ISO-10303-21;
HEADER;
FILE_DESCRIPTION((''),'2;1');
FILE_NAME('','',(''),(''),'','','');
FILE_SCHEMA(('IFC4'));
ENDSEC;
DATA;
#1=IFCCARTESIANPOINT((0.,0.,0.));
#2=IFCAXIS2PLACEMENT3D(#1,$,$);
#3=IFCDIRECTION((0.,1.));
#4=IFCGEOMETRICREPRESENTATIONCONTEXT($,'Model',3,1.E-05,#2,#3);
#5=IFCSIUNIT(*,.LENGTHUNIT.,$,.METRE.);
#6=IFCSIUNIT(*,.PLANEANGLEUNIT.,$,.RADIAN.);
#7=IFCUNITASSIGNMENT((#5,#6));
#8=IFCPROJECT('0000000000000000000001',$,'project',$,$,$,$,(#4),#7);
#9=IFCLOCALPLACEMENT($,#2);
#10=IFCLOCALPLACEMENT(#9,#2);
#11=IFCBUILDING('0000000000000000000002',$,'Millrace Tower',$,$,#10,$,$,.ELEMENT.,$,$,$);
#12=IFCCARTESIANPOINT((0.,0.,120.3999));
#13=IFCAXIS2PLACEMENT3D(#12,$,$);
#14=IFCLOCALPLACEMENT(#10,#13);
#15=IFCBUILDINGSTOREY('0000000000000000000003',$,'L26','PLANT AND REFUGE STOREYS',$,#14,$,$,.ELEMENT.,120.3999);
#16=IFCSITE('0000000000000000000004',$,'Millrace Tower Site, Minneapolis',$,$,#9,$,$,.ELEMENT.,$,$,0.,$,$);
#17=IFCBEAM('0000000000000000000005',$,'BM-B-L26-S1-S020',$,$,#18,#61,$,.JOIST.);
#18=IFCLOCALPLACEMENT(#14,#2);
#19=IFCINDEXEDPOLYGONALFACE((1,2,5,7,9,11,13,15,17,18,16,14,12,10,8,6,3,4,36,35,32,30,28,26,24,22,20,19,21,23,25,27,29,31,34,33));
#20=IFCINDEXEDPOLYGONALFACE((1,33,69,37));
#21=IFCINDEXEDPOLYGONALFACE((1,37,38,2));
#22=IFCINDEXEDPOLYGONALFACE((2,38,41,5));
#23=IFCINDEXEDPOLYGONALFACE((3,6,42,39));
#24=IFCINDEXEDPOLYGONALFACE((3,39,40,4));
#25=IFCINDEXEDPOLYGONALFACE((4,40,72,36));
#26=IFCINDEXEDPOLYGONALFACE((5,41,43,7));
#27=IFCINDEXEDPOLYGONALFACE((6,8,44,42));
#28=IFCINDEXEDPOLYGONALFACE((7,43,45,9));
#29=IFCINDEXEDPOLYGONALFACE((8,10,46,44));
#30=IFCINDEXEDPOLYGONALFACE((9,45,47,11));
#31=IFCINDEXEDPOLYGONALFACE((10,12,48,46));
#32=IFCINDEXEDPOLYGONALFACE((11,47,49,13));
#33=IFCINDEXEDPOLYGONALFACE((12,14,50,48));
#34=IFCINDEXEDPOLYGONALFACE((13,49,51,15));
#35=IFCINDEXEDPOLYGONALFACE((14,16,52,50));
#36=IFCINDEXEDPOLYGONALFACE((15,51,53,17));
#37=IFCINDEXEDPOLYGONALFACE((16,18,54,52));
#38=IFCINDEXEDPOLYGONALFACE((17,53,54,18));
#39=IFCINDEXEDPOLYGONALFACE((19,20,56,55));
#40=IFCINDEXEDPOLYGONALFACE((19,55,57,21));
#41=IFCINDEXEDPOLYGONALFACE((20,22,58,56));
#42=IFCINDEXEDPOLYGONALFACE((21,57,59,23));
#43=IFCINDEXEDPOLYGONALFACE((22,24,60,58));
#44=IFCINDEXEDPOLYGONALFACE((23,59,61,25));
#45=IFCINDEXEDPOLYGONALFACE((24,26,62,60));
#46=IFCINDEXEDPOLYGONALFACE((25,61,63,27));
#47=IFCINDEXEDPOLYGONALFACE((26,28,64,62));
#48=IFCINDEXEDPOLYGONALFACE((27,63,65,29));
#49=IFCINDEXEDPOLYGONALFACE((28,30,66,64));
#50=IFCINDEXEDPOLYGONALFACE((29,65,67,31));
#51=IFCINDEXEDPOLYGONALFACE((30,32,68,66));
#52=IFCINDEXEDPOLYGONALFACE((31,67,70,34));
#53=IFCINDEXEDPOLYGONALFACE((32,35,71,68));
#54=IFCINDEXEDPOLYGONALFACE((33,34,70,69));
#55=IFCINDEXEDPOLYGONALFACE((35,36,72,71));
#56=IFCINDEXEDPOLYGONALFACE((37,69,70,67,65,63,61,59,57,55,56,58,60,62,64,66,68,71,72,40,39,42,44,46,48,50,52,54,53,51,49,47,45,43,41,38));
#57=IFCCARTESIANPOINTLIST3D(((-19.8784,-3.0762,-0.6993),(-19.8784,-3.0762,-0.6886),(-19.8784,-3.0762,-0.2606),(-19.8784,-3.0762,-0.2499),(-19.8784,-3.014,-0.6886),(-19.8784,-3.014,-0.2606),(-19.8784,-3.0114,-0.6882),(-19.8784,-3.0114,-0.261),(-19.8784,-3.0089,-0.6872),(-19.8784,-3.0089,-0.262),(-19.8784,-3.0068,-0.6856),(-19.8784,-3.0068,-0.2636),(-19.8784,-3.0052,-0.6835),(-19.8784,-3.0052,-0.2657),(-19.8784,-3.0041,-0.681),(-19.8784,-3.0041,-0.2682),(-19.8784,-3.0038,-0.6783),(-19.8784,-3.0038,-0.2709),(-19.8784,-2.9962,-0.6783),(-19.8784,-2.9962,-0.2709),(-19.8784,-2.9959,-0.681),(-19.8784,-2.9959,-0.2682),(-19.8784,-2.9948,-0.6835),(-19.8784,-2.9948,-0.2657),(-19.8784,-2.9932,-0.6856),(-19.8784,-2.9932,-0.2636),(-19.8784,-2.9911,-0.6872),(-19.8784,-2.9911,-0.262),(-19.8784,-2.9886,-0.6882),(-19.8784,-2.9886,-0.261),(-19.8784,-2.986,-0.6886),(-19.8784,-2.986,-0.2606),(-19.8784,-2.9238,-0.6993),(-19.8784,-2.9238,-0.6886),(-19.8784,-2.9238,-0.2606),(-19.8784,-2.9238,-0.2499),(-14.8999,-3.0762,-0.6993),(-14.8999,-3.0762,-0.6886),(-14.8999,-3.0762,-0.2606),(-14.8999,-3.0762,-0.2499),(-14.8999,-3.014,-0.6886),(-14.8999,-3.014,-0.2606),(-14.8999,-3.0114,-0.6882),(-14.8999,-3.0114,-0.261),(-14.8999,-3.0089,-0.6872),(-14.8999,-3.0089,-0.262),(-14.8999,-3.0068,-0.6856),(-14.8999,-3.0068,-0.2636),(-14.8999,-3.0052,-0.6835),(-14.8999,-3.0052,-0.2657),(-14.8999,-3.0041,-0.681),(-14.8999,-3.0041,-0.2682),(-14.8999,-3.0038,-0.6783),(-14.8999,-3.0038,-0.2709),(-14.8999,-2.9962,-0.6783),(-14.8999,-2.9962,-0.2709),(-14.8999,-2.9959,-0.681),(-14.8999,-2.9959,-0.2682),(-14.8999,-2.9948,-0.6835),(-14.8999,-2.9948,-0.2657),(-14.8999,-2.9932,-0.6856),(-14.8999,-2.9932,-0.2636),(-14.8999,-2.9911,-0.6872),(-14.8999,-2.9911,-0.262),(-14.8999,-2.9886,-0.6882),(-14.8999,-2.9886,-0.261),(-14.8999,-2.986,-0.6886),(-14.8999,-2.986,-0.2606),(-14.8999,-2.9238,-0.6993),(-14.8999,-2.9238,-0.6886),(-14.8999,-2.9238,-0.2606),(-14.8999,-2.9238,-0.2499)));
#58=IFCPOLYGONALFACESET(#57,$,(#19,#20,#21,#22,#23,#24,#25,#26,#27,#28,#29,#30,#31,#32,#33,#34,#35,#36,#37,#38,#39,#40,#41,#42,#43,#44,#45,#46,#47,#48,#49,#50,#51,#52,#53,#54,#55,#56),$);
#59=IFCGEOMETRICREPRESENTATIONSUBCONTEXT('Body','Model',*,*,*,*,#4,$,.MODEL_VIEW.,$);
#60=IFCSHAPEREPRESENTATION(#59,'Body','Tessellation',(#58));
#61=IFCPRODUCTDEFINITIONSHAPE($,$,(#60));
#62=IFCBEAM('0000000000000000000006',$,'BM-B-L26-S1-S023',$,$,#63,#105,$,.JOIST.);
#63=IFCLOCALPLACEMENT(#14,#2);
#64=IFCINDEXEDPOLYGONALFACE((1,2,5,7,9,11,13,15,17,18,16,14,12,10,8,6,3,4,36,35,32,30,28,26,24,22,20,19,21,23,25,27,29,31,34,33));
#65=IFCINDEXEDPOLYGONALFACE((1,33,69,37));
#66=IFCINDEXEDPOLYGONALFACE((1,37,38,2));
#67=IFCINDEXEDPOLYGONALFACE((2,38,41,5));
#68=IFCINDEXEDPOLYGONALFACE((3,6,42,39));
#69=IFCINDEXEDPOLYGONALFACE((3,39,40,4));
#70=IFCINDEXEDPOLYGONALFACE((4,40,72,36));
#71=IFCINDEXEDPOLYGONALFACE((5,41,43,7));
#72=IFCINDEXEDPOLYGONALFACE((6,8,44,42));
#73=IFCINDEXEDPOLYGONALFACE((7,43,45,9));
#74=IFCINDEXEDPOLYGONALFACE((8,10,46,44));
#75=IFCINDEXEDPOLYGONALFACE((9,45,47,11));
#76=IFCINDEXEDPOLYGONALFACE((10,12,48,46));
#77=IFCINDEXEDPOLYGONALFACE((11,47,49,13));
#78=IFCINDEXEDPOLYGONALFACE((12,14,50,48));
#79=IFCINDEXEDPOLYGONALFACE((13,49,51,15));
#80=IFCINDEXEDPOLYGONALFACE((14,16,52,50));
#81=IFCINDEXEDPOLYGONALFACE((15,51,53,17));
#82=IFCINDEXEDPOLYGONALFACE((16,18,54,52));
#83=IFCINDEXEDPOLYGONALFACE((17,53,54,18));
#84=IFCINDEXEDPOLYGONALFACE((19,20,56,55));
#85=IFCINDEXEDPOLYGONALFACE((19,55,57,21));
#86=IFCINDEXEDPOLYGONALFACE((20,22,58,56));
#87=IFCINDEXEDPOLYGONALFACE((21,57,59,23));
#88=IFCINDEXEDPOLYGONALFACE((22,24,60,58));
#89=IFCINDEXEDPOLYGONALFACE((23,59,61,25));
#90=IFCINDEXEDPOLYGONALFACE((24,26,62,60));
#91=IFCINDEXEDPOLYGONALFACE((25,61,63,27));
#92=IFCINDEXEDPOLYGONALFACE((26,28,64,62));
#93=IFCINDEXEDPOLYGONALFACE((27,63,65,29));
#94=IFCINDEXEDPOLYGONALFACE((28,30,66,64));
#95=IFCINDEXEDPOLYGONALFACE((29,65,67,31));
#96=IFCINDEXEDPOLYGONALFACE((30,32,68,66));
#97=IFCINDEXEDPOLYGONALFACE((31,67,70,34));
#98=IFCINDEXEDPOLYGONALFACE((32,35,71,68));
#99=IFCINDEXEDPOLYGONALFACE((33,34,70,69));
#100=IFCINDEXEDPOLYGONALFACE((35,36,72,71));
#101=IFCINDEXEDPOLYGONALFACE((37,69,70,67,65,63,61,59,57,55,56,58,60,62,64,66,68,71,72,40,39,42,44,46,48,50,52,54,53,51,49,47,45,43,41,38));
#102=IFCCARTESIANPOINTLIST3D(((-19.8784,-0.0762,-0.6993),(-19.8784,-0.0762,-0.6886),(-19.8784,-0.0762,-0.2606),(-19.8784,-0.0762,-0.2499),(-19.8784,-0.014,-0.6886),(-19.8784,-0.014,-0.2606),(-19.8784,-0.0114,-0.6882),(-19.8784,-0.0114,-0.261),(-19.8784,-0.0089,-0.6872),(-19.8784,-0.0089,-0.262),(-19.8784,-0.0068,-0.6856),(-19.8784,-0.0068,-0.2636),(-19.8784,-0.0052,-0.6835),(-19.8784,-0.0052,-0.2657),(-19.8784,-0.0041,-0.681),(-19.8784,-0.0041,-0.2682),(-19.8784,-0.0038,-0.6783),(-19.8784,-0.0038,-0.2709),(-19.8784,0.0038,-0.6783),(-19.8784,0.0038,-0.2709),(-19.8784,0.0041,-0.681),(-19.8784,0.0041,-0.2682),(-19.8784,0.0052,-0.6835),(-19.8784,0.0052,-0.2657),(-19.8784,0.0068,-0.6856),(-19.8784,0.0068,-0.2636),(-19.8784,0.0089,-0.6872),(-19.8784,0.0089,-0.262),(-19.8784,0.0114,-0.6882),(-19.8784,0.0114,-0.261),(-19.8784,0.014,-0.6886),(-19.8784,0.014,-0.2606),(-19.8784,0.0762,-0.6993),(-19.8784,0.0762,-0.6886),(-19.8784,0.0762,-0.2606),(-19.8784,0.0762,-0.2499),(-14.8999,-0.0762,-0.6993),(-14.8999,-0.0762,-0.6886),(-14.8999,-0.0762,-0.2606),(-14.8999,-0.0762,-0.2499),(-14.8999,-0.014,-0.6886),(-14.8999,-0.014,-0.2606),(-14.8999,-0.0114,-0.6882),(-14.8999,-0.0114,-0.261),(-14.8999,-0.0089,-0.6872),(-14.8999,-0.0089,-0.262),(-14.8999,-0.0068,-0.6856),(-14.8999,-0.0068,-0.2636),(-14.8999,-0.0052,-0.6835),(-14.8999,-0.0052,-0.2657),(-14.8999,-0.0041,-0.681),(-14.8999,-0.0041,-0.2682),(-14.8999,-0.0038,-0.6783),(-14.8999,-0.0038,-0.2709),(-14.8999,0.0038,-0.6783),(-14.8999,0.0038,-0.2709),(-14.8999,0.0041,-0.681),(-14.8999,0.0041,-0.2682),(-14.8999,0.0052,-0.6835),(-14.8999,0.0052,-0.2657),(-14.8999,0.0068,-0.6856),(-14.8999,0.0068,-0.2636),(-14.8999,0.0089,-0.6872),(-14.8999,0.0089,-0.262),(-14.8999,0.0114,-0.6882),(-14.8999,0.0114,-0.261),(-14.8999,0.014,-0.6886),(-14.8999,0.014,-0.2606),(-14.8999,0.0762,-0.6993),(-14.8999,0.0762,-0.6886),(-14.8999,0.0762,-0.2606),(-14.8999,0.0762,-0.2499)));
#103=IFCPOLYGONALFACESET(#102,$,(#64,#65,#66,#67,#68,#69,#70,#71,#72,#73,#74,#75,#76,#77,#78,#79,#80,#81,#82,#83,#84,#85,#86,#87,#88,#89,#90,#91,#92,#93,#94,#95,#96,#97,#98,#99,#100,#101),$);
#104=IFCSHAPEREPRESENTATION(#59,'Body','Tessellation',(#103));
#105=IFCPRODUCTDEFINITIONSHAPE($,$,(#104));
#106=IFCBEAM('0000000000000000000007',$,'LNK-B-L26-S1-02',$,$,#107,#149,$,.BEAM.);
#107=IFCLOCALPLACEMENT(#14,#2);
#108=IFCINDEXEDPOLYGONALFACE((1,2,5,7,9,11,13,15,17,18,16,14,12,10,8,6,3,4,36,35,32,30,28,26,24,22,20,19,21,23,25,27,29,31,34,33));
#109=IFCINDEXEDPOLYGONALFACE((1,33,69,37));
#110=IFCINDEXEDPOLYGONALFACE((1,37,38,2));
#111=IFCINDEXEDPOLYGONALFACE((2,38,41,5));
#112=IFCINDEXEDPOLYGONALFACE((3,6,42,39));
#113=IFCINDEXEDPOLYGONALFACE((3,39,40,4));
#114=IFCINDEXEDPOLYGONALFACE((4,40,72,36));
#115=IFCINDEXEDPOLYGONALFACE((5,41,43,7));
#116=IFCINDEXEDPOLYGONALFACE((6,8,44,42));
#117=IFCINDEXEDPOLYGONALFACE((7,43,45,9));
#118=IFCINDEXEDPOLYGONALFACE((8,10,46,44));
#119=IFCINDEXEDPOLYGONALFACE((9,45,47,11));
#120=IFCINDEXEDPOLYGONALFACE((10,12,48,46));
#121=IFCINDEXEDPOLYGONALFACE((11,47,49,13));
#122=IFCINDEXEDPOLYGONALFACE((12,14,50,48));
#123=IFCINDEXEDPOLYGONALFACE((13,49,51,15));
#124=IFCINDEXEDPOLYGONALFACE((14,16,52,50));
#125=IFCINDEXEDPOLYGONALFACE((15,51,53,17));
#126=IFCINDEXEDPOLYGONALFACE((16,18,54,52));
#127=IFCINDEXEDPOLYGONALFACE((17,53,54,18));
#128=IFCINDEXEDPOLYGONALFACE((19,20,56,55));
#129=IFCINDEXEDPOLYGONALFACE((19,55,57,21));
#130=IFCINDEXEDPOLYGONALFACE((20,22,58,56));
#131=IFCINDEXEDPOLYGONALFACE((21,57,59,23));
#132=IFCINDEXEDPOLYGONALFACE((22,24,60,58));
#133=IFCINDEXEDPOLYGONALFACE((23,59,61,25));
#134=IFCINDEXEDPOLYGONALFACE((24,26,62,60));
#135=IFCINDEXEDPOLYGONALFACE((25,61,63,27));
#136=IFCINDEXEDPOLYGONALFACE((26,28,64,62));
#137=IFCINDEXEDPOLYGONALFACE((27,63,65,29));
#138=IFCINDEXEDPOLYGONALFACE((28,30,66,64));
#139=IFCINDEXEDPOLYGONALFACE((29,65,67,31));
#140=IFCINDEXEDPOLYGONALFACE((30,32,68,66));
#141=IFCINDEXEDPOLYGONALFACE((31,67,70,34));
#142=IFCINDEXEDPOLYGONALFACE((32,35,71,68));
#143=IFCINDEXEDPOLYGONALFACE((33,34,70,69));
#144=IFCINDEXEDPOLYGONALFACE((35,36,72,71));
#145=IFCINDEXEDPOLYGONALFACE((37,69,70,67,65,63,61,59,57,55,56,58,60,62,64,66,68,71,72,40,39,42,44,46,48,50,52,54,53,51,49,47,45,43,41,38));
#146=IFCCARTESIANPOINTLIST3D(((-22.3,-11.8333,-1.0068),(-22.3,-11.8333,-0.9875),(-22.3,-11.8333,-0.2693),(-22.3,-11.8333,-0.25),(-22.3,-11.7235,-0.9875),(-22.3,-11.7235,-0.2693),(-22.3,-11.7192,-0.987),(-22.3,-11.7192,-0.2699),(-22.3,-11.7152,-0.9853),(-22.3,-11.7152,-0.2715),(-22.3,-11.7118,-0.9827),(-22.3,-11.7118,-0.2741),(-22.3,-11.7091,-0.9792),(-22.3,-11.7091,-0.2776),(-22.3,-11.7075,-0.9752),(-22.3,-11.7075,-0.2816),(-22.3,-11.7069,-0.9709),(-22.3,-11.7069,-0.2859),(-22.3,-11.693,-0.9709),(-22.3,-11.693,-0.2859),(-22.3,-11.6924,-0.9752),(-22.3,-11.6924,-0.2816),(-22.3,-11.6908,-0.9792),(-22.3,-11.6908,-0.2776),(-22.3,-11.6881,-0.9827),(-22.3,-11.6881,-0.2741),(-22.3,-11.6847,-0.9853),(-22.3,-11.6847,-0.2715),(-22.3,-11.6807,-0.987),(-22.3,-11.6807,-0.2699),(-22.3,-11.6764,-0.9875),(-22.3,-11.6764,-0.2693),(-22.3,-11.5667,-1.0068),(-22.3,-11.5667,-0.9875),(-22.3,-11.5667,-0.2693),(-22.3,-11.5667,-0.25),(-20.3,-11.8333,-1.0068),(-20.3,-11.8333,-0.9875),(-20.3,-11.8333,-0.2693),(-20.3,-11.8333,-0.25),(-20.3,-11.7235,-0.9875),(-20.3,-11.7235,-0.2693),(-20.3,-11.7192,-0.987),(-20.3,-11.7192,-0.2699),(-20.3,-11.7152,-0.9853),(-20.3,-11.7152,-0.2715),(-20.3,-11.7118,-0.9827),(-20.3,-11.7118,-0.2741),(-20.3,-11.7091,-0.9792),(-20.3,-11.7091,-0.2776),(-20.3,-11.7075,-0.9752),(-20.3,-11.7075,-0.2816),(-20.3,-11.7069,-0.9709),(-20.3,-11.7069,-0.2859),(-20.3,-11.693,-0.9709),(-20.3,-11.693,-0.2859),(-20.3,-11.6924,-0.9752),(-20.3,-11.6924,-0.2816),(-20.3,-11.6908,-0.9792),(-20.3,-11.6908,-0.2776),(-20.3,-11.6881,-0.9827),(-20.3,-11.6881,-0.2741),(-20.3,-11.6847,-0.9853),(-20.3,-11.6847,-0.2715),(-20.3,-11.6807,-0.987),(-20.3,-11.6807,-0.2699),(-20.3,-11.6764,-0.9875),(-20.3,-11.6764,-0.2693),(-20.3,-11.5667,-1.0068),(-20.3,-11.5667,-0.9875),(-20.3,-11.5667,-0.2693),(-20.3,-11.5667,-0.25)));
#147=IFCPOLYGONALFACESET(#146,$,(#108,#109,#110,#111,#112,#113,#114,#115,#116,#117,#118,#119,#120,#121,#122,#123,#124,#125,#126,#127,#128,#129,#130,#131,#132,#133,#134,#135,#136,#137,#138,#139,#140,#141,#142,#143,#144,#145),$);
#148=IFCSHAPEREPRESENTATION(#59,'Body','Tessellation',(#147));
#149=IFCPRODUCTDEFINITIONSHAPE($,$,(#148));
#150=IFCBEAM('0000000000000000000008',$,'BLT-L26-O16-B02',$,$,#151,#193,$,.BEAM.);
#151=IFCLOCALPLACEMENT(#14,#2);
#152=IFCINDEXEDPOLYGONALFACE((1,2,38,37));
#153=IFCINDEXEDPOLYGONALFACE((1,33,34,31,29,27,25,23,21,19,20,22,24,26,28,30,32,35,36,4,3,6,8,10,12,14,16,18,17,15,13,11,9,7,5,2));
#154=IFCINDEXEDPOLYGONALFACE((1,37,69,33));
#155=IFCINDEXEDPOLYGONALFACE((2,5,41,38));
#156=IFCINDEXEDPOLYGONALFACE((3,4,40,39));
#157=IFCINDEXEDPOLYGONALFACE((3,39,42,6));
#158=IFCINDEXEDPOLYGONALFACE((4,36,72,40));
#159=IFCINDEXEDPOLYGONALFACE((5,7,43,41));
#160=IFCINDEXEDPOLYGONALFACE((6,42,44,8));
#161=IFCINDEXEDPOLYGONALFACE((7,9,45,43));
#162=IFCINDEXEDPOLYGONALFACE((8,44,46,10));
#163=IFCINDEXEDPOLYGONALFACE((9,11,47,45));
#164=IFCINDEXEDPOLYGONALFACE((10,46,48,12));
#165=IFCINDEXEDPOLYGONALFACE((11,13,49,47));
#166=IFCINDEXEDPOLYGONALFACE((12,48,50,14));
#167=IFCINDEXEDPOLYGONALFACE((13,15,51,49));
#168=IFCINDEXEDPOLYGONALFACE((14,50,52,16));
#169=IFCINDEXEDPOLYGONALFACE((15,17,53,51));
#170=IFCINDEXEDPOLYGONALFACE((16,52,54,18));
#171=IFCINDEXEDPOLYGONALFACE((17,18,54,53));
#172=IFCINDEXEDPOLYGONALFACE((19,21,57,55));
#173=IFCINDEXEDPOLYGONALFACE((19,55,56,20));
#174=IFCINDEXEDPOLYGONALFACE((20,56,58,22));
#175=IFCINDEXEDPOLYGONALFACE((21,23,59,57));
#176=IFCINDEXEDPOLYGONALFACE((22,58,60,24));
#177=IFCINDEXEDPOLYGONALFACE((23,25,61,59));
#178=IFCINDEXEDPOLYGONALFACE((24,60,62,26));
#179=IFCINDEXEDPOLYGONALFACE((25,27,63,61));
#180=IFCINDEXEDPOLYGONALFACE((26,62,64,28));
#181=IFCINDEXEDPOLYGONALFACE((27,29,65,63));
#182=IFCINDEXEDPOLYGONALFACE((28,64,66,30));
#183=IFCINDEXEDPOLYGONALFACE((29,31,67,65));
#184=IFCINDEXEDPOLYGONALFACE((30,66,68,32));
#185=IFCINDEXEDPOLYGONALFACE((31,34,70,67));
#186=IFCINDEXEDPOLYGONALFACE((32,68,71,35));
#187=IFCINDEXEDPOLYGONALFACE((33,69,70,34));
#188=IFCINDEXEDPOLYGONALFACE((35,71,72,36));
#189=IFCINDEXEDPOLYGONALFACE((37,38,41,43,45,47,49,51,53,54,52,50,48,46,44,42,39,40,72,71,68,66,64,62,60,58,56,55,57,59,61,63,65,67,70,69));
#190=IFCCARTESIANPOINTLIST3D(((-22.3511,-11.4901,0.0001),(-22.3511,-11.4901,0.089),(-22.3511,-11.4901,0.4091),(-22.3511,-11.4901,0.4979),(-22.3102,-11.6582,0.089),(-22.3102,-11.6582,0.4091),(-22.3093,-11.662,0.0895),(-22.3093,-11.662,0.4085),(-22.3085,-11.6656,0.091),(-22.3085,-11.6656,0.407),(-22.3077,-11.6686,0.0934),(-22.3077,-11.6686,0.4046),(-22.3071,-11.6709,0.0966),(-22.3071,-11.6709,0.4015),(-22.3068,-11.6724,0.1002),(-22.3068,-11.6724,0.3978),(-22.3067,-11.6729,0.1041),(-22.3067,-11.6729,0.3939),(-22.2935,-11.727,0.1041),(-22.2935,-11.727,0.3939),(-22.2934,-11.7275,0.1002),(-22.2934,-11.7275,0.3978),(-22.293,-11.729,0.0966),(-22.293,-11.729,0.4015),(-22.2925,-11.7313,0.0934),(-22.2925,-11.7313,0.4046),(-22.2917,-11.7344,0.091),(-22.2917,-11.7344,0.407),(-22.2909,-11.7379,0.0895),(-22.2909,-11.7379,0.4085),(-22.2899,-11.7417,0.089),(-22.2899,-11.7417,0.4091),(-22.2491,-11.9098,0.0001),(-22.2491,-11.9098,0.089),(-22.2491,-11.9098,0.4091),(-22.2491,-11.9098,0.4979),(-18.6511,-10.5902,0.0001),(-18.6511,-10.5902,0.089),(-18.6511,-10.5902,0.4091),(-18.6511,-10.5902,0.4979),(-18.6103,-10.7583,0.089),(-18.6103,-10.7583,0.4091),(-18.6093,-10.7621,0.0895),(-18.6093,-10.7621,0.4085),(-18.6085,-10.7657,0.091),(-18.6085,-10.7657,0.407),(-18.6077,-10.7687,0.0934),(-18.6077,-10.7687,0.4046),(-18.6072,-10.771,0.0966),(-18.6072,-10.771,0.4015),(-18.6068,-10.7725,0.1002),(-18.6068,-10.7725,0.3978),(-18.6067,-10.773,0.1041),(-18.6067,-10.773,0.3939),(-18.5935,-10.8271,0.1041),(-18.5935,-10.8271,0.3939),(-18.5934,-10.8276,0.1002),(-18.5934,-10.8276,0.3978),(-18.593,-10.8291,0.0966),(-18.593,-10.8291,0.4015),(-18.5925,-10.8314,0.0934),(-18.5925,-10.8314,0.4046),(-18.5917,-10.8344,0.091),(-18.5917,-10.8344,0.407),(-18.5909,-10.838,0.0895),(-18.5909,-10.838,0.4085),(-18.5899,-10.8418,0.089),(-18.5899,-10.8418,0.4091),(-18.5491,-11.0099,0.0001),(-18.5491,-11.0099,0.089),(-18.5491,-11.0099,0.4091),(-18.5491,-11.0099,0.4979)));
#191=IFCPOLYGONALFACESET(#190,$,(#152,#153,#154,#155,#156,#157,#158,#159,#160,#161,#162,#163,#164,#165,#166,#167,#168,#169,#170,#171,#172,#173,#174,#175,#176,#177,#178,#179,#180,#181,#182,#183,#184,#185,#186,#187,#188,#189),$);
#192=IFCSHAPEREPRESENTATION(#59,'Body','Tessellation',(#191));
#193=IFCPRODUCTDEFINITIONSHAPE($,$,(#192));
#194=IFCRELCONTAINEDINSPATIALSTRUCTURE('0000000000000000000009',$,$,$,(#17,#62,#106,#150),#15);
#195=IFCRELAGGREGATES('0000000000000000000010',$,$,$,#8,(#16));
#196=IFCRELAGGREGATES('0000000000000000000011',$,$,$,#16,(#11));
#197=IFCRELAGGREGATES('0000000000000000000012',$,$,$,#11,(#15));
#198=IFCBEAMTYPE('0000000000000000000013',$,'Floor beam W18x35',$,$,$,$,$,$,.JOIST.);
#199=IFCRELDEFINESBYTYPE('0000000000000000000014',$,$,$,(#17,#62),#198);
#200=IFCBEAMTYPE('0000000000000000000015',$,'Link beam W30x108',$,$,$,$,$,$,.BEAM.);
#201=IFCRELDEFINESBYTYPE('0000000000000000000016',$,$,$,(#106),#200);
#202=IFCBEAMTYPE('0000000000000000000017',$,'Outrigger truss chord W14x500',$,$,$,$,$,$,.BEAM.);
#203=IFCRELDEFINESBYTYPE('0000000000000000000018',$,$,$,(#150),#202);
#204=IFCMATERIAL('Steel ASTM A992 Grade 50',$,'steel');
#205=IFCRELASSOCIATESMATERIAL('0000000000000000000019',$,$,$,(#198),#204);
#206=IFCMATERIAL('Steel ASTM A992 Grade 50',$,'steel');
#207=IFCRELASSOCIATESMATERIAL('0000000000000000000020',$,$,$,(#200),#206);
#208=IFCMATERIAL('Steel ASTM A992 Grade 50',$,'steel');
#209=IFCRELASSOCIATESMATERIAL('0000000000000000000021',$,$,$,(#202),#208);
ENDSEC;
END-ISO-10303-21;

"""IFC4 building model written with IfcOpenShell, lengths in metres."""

from ifc_helpers import new_model, si_unit, direction, frame, origin, origin_2d, place, context, subcontext, project, spatial, i_section, extrude, material, material_profile, profile_set, type_object, element, save


model = new_model("IFC4")

# Units and contexts
model_context = context("Model", 3, precision=1e-05, world=origin(), true_north=direction((0.0, 1.0)))
body_context = subcontext(model_context, "Body", "Model", "MODEL_VIEW")
ifc_project = project(units=[si_unit("LENGTHUNIT", "METRE"), si_unit("PLANEANGLEUNIT", "RADIAN")], contexts=[model_context])

# Site, building, storey
site_placement = place(None, origin())
site = spatial("IfcSite", under=ifc_project, at=site_placement, Name="Millrace Tower Site, Minneapolis", CompositionType="ELEMENT", RefElevation=0.0)
building_placement = place(site_placement, origin())
building = spatial("IfcBuilding", under=site, at=building_placement, Name="Millrace Tower", CompositionType="ELEMENT")
storey_placement = place(building_placement, frame((0.0, 0.0, 120.3999)))
storey = spatial("IfcBuildingStorey", under=building, at=storey_placement, Name="L26", Description="PLANT AND REFUGE STOREYS", CompositionType="ELEMENT", Elevation=120.3999)

# Beams
ifc_material_1 = material(Name="Steel ASTM A992 Grade 50", Category="steel")
ifc_material_profile_1 = material_profile(ifc_material_1, i_section(OverallWidth=0.1523, OverallDepth=0.4495, WebThickness=0.0076, FlangeThickness=0.0107, FilletRadius=0.0103, at=origin_2d()))
ifc_profile_set_1 = profile_set([ifc_material_profile_1], Name="Steel ASTM A992 Grade 50")
beam_type_1 = type_object("IfcBeamType", Name="Floor beam W18x35", PredefinedType="JOIST", material=ifc_profile_set_1)
for number, where, z_axis, x_axis, name in (
    (1, (-19.8784, -3.0, -0.4746), (1.0, 0.0, 0.0), (0.0, 1.0, 0.0), "BM-B-L26-S1-S020"),
    (2, (-19.8784, 0.0, -0.4746), (1.0, 0.0, 0.0), (0.0, 1.0, 0.0), "BM-B-L26-S1-S023"),
):
    element("IfcBeam", number, at=place(storey_placement, frame(where, z_axis=z_axis, x_axis=x_axis)), inside=storey, type_object=beam_type_1, Name=name, PredefinedType="JOIST", context=body_context, shape_type="SweptSolid", body=[
        extrude(i_section(OverallWidth=0.1523, OverallDepth=0.4495, WebThickness=0.0076, FlangeThickness=0.0107, FilletRadius=0.0103, at=origin_2d()), origin(), (0.0, 0.0, 1.0), 4.9785),
    ])
ifc_material_2 = material(Name="Steel ASTM A992 Grade 50", Category="steel")
ifc_material_profile_2 = material_profile(ifc_material_2, i_section(OverallWidth=0.2666, OverallDepth=0.7568, WebThickness=0.0139, FlangeThickness=0.0193, FilletRadius=0.0166, at=origin_2d()))
ifc_profile_set_2 = profile_set([ifc_material_profile_2], Name="Steel ASTM A992 Grade 50")
beam_type_2 = type_object("IfcBeamType", Name="Link beam W30x108", PredefinedType="BEAM", material=ifc_profile_set_2)
beam_1_placement = place(storey_placement, frame((-20.3, -11.7, -0.6284), z_axis=(-1.0, 0.0, 0.0), x_axis=(0.0, -1.0, 0.0)))
element("IfcBeam", 3, at=beam_1_placement, inside=storey, type_object=beam_type_2, Name="LNK-B-L26-S1-02", PredefinedType="BEAM", context=body_context, shape_type="SweptSolid", body=[
    extrude(i_section(OverallWidth=0.2666, OverallDepth=0.7568, WebThickness=0.0139, FlangeThickness=0.0193, FilletRadius=0.0166, at=origin_2d()), origin(), (0.0, 0.0, 1.0), 2.0),
])
ifc_material_3 = material(Name="Steel ASTM A992 Grade 50", Category="steel")
ifc_material_profile_3 = material_profile(ifc_material_3, i_section(OverallWidth=0.4319, OverallDepth=0.4978, WebThickness=0.0557, FlangeThickness=0.0889, FilletRadius=0.0151, at=origin_2d()))
ifc_profile_set_3 = profile_set([ifc_material_profile_3], Name="Steel ASTM A992 Grade 50")
beam_type_3 = type_object("IfcBeamType", Name="Outrigger truss chord W14x500", PredefinedType="BEAM", material=ifc_profile_set_3)
for number, where, z_axis, x_axis, name in (
    (4, (-18.6001, -10.8, 0.249), (-0.971673, -0.23633, 0.0), (0.23633, -0.971673, 0.0), "BLT-L26-O16-B02"),
):
    element("IfcBeam", number, at=place(storey_placement, frame(where, z_axis=z_axis, x_axis=x_axis)), inside=storey, type_object=beam_type_3, Name=name, PredefinedType="BEAM", context=body_context, shape_type="SweptSolid", body=[
        extrude(i_section(OverallWidth=0.4319, OverallDepth=0.4978, WebThickness=0.0557, FlangeThickness=0.0889, FilletRadius=0.0151, at=origin_2d()), origin(), (0.0, 0.0, 1.0), 3.8079),
    ])

save(model, "model.ifc")
